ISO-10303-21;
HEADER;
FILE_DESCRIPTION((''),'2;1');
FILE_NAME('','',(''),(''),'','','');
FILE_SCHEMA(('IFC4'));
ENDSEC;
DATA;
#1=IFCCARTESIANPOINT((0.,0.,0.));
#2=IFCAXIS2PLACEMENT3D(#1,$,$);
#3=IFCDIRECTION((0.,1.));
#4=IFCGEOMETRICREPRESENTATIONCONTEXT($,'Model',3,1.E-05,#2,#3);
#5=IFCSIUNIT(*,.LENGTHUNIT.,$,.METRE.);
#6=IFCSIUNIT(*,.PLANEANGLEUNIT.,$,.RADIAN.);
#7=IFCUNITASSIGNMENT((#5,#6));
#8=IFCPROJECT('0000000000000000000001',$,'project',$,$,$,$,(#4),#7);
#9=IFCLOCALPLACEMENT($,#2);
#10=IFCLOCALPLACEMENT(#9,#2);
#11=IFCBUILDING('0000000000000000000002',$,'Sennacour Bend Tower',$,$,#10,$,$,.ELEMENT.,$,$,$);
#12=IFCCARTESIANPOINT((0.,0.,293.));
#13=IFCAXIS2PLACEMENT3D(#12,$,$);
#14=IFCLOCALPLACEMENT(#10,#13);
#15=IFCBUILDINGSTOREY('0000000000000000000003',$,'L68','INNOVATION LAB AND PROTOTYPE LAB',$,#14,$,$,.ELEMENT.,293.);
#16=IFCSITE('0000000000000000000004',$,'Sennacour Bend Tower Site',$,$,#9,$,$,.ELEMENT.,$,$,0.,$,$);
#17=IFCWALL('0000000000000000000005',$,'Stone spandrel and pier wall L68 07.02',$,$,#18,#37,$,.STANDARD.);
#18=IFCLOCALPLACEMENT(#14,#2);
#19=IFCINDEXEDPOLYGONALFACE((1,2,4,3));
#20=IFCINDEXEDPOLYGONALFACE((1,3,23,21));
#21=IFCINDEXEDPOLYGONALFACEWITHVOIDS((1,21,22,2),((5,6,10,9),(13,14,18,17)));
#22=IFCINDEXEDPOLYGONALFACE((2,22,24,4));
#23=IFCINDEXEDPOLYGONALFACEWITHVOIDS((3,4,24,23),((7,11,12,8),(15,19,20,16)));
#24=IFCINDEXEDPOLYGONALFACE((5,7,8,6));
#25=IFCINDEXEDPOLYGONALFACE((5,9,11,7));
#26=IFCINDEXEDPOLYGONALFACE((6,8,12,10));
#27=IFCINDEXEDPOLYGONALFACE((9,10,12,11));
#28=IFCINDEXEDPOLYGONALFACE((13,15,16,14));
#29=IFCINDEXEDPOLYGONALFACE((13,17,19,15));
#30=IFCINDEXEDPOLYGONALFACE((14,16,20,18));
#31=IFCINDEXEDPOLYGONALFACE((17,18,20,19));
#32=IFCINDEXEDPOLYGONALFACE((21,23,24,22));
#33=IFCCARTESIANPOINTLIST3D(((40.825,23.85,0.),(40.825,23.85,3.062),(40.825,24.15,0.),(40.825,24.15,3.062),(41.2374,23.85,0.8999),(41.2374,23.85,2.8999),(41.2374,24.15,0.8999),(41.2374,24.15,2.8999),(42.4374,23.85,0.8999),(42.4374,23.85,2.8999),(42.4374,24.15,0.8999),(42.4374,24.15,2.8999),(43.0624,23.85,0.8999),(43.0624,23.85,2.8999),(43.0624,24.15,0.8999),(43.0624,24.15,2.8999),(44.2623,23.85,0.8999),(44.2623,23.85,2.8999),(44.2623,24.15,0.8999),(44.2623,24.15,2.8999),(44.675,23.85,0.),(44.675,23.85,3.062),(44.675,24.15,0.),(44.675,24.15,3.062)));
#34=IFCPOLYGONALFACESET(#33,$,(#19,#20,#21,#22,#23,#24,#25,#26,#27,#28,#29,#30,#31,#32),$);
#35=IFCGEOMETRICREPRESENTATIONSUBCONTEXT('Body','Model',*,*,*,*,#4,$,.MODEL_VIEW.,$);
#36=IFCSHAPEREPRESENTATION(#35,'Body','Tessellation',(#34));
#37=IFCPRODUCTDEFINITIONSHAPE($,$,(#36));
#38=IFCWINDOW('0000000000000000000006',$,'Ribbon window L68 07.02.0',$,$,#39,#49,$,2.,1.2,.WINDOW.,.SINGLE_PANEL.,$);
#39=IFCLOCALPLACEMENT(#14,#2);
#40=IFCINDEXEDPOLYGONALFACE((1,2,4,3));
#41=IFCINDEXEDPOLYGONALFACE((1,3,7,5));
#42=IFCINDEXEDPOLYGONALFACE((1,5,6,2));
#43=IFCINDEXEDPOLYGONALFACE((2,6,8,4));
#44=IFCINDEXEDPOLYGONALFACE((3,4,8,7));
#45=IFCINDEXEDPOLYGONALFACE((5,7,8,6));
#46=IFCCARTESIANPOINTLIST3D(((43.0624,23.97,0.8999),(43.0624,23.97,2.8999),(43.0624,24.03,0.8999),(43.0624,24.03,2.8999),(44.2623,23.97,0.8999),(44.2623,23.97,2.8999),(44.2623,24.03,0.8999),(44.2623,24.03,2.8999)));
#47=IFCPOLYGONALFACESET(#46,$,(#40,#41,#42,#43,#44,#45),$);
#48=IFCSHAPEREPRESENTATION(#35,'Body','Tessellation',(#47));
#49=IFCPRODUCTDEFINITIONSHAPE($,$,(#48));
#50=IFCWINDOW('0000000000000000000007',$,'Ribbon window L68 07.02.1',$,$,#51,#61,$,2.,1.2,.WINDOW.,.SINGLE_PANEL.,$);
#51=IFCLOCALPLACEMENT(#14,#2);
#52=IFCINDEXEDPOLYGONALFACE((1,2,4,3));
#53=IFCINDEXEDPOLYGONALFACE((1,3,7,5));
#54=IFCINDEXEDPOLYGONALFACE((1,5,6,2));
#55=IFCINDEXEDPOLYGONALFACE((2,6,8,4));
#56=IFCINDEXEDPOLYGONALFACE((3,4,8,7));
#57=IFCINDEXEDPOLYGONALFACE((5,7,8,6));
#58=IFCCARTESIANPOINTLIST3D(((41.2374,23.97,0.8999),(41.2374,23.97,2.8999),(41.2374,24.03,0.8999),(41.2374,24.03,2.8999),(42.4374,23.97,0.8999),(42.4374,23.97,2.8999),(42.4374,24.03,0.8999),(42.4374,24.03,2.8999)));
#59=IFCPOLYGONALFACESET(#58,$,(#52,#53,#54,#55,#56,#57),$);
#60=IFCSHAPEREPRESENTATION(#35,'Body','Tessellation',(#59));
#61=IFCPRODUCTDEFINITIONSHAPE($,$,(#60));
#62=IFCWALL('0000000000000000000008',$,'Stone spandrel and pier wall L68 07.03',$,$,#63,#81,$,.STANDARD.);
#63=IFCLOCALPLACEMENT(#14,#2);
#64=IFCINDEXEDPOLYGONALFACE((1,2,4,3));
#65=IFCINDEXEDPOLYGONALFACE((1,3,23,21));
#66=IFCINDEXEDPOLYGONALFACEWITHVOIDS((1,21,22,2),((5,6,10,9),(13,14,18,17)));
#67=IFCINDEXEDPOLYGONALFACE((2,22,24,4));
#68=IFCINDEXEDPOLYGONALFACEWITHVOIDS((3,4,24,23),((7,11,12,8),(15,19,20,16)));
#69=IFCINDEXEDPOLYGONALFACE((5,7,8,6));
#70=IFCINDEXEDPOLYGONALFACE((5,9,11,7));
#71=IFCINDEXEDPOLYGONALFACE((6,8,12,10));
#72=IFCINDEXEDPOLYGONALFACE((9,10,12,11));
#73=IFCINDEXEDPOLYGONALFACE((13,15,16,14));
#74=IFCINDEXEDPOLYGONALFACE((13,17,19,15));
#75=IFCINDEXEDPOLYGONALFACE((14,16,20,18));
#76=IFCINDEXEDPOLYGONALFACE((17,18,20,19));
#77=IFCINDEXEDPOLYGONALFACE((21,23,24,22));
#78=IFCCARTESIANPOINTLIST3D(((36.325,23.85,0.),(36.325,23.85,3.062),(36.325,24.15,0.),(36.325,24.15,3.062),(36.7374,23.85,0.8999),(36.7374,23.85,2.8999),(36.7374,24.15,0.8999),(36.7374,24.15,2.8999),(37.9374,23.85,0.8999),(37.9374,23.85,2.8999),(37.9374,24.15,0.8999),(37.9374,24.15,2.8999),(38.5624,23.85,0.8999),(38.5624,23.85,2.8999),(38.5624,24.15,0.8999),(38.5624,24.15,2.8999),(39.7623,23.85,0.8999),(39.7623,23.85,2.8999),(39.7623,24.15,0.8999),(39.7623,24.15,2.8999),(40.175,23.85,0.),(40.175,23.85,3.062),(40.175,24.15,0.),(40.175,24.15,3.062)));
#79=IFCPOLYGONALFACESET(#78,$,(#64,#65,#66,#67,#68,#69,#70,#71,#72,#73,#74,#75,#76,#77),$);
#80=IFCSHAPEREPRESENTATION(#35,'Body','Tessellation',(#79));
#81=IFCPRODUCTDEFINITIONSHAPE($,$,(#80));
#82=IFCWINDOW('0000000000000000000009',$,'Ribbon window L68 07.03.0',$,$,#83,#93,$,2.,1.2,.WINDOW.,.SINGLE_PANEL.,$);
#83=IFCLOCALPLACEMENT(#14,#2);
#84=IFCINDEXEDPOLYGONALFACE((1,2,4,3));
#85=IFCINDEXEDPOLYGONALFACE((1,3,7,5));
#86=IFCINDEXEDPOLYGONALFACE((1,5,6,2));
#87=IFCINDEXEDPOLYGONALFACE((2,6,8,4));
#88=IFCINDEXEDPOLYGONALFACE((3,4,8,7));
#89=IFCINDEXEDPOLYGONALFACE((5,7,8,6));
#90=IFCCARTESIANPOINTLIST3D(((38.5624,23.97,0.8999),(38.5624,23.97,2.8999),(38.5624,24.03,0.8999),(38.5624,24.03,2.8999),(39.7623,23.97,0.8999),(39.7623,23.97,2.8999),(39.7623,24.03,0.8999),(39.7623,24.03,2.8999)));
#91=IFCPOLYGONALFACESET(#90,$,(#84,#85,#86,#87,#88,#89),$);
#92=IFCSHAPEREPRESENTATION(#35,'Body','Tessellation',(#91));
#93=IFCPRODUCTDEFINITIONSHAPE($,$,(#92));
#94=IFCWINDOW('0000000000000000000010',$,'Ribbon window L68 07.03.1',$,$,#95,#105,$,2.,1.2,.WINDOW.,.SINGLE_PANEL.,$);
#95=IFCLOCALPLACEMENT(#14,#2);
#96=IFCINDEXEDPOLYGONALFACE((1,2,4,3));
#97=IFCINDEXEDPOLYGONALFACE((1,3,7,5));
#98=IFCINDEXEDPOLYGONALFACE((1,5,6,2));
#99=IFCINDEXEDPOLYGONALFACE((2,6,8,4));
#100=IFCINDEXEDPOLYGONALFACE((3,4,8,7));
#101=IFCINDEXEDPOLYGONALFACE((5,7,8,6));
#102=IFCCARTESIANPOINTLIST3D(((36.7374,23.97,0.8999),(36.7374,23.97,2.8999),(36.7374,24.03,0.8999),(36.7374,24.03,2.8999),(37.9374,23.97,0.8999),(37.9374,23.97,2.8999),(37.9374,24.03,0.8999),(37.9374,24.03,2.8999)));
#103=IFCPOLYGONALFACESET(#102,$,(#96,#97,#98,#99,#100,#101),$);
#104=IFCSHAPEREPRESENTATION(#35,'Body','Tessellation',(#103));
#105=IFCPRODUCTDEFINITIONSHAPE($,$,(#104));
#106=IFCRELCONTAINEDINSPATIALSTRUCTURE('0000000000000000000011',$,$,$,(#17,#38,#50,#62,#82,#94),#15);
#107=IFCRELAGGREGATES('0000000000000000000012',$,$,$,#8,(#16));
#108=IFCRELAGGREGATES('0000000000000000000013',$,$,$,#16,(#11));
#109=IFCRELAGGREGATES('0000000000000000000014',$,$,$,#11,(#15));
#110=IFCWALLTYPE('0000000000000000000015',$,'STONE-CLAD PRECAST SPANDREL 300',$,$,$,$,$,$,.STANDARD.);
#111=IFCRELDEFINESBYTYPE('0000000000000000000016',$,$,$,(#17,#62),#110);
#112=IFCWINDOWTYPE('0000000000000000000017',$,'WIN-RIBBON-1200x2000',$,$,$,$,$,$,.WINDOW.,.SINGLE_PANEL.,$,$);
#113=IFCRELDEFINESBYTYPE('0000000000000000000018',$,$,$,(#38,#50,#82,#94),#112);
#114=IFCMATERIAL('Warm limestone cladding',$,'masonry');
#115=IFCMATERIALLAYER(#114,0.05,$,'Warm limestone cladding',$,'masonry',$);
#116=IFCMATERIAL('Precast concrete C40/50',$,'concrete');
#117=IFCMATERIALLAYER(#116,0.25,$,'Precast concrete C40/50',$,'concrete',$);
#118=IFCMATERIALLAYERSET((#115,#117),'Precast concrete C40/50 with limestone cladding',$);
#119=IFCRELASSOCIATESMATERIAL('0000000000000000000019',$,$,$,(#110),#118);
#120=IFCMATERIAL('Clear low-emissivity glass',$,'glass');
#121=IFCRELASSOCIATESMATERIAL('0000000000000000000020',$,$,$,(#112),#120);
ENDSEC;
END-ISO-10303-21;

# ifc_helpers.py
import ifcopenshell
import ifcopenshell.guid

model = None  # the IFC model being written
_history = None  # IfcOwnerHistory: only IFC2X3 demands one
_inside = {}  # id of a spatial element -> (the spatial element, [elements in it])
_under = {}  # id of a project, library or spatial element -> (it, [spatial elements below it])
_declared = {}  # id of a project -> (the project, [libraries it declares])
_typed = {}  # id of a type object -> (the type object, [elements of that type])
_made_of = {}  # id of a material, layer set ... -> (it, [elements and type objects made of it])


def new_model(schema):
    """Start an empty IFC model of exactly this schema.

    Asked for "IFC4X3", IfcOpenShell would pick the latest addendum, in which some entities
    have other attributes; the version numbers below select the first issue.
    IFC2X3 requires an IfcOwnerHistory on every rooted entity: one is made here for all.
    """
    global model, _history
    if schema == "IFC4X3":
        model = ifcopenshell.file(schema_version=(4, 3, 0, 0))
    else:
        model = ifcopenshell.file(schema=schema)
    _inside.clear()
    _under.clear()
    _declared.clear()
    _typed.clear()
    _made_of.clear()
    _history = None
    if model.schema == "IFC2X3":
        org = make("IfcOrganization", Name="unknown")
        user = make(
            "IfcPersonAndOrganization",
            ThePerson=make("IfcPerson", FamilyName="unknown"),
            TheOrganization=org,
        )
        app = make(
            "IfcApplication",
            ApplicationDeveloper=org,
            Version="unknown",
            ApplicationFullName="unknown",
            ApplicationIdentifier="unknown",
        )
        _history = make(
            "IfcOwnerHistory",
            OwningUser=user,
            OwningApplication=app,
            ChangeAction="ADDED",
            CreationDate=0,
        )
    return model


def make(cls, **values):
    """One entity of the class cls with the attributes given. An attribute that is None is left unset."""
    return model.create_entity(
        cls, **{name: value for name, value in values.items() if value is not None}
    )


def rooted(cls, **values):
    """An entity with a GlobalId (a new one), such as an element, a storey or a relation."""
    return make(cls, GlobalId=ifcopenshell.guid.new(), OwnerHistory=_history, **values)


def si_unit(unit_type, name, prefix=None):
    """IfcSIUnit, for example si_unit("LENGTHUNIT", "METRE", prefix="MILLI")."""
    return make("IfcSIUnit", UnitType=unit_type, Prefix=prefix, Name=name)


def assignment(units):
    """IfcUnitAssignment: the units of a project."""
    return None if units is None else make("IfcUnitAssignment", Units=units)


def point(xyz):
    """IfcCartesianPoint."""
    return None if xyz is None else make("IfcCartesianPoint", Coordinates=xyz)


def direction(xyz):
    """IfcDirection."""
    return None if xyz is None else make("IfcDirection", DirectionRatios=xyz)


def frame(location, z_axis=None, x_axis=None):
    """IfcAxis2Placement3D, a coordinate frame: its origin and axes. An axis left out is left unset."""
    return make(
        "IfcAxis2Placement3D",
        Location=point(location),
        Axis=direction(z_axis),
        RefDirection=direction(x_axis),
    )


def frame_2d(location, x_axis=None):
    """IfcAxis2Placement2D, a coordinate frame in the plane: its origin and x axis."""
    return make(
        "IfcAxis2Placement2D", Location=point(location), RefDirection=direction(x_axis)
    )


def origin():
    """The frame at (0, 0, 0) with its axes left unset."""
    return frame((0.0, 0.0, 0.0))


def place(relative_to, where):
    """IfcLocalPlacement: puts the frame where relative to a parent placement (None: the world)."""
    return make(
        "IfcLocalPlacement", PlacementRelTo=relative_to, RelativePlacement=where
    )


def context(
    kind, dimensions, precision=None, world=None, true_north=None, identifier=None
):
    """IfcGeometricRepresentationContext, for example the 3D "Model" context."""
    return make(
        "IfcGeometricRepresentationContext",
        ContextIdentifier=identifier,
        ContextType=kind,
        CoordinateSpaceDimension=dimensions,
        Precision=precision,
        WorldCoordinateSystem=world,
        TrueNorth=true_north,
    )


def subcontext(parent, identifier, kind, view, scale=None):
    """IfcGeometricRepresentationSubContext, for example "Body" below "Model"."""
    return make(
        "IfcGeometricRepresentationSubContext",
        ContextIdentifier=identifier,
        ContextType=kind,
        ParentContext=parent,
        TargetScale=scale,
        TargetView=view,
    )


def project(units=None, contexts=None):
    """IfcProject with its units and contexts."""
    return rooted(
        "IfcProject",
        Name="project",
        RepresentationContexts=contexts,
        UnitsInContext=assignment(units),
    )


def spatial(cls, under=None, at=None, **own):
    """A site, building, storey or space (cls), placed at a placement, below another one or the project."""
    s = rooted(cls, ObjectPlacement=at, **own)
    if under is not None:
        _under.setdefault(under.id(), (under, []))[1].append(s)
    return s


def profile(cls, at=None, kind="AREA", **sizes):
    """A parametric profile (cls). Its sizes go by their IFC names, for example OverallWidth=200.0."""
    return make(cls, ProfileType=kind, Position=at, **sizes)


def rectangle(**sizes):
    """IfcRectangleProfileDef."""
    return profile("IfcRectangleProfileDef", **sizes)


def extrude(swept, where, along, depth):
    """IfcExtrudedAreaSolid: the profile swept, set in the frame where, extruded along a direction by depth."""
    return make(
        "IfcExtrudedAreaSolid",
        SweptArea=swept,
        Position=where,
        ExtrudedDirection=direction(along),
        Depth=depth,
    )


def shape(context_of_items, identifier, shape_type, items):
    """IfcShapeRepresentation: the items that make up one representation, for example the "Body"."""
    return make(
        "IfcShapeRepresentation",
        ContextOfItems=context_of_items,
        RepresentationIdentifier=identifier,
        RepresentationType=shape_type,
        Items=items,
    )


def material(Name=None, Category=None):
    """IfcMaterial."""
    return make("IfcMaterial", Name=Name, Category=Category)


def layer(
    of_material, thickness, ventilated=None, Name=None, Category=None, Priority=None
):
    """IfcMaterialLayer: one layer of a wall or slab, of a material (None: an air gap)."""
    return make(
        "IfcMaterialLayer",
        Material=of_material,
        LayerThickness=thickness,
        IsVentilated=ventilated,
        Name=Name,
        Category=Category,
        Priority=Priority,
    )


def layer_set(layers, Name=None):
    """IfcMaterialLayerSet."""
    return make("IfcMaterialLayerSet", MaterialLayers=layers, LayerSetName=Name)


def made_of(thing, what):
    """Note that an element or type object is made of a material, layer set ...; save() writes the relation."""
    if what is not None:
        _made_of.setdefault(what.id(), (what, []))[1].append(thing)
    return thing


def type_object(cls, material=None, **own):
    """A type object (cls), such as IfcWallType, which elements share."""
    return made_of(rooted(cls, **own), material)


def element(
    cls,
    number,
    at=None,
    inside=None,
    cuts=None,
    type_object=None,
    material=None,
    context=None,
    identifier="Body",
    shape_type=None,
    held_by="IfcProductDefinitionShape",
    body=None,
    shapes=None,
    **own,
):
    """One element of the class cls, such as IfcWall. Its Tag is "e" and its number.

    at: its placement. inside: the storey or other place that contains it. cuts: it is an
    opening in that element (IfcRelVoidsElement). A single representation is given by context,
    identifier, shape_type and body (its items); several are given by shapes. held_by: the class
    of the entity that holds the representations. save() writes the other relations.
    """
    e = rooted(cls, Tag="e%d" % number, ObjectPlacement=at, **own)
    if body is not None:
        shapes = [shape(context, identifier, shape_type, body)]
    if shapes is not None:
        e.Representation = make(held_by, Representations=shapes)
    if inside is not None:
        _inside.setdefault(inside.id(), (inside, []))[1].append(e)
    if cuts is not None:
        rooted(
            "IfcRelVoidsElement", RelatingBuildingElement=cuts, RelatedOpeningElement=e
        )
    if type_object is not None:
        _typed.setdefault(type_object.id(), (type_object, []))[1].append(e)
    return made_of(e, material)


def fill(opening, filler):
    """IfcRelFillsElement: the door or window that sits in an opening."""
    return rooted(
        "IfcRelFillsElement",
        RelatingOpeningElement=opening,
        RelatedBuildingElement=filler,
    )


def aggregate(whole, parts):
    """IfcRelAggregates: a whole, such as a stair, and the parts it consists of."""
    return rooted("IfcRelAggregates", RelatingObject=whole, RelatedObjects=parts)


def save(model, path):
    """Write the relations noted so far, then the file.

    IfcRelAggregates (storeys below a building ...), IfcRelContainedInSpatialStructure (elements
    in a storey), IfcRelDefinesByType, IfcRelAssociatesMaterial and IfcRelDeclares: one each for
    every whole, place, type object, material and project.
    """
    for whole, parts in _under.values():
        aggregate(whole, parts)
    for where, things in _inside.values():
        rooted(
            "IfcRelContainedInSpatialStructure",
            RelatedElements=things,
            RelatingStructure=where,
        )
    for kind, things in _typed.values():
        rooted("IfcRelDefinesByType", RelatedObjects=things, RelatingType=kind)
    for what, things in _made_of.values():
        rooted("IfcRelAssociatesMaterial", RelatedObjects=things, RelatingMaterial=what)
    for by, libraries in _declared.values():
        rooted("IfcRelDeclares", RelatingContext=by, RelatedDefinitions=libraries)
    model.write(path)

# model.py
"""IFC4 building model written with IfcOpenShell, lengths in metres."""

from ifc_helpers import new_model, si_unit, direction, frame, frame_2d, origin, place, context, subcontext, project, spatial, rectangle, extrude, material, layer, layer_set, type_object, element, fill, save


model = new_model("IFC4")

# Units and contexts
model_context = context("Model", 3, precision=1e-05, world=origin(), true_north=direction((0.0, 1.0)))
body_context = subcontext(model_context, "Body", "Model", "MODEL_VIEW")
ifc_project = project(units=[si_unit("LENGTHUNIT", "METRE"), si_unit("PLANEANGLEUNIT", "RADIAN")], contexts=[model_context])

# Site, building, storey
site_placement = place(None, origin())
site = spatial("IfcSite", under=ifc_project, at=site_placement, Name="Sennacour Bend Tower Site", CompositionType="ELEMENT", RefElevation=0.0)
building_placement = place(site_placement, origin())
building = spatial("IfcBuilding", under=site, at=building_placement, Name="Sennacour Bend Tower", CompositionType="ELEMENT")
storey_placement = place(building_placement, frame((0.0, 0.0, 293.0)))
storey = spatial("IfcBuildingStorey", under=building, at=storey_placement, Name="L68", Description="INNOVATION LAB AND PROTOTYPE LAB", CompositionType="ELEMENT", Elevation=293.0)

# Walls, openings, windows
ifc_material_1 = material(Name="Warm limestone cladding", Category="masonry")
ifc_layer_1 = layer(ifc_material_1, 0.05, Name="Warm limestone cladding", Category="masonry")
ifc_material_2 = material(Name="Precast concrete C40/50", Category="concrete")
ifc_layer_2 = layer(ifc_material_2, 0.25, Name="Precast concrete C40/50", Category="concrete")
ifc_layer_set_1 = layer_set([ifc_layer_1, ifc_layer_2], Name="Precast concrete C40/50 with limestone cladding")
wall_type_1 = type_object("IfcWallType", Name="STONE-CLAD PRECAST SPANDREL 300", PredefinedType="STANDARD", material=ifc_layer_set_1)
wall_1_placement = place(storey_placement, frame((44.675, 24.0, 0.0), z_axis=(0.0, 0.0, 1.0), x_axis=(-1.0, 0.0, 0.0)))
wall_1 = element("IfcWall", 1, at=wall_1_placement, inside=storey, type_object=wall_type_1, Name="Stone spandrel and pier wall L68 07.02", PredefinedType="STANDARD", context=body_context, shape_type="SweptSolid", body=[
    extrude(rectangle(XDim=3.8501, YDim=0.3, at=frame_2d((1.925, 0.0))), origin(), (0.0, 0.0, 1.0), 3.062),
])
opening_1_placement = place(wall_1_placement, frame((0.4126, 0.0, 0.8999)))
opening_1 = element("IfcOpeningElement", 2, at=opening_1_placement, cuts=wall_1, PredefinedType="OPENING", context=body_context, shape_type="SweptSolid", body=[
    extrude(rectangle(XDim=1.2, YDim=2.0, at=frame_2d((0.6001, 1.0))), frame((0.0, 0.1602, 0.0), z_axis=(0.0, -1.0, 0.0), x_axis=(1.0, 0.0, 0.0)), (0.0, 0.0, 1.0), 0.3201),
])
opening_2_placement = place(wall_1_placement, frame((2.2375, 0.0, 0.8999)))
opening_2 = element("IfcOpeningElement", 3, at=opening_2_placement, cuts=wall_1, PredefinedType="OPENING", context=body_context, shape_type="SweptSolid", body=[
    extrude(rectangle(XDim=1.2, YDim=2.0, at=frame_2d((0.6001, 1.0))), frame((0.0, 0.1602, 0.0), z_axis=(0.0, -1.0, 0.0), x_axis=(1.0, 0.0, 0.0)), (0.0, 0.0, 1.0), 0.3201),
])
ifc_material_3 = material(Name="Clear low-emissivity glass", Category="glass")
window_type = type_object("IfcWindowType", Name="WIN-RIBBON-1200x2000", PartitioningType="SINGLE_PANEL", PredefinedType="WINDOW", material=ifc_material_3)
window_1_placement = place(opening_1_placement, origin())
window_1 = element("IfcWindow", 4, at=window_1_placement, inside=storey, type_object=window_type, Name="Ribbon window L68 07.02.0", OverallHeight=2.0, OverallWidth=1.2, PartitioningType="SINGLE_PANEL", PredefinedType="WINDOW", context=body_context, shape_type="SweptSolid", body=[
    extrude(rectangle(XDim=1.2, YDim=2.0, at=frame_2d((0.6001, 1.0))), frame((0.0, 0.03, 0.0), z_axis=(0.0, -1.0, 0.0), x_axis=(1.0, 0.0, 0.0)), (0.0, 0.0, 1.0), 0.0601),
])
fill(opening_1, window_1)
window_2_placement = place(opening_2_placement, origin())
window_2 = element("IfcWindow", 5, at=window_2_placement, inside=storey, type_object=window_type, Name="Ribbon window L68 07.02.1", OverallHeight=2.0, OverallWidth=1.2, PartitioningType="SINGLE_PANEL", PredefinedType="WINDOW", context=body_context, shape_type="SweptSolid", body=[
    extrude(rectangle(XDim=1.2, YDim=2.0, at=frame_2d((0.6001, 1.0))), frame((0.0, 0.03, 0.0), z_axis=(0.0, -1.0, 0.0), x_axis=(1.0, 0.0, 0.0)), (0.0, 0.0, 1.0), 0.0601),
])
fill(opening_2, window_2)
wall_2_placement = place(storey_placement, frame((40.175, 24.0, 0.0), z_axis=(0.0, 0.0, 1.0), x_axis=(-1.0, 0.0, 0.0)))
wall_2 = element("IfcWall", 6, at=wall_2_placement, inside=storey, type_object=wall_type_1, Name="Stone spandrel and pier wall L68 07.03", PredefinedType="STANDARD", context=body_context, shape_type="SweptSolid", body=[
    extrude(rectangle(XDim=3.8501, YDim=0.3, at=frame_2d((1.925, 0.0))), origin(), (0.0, 0.0, 1.0), 3.062),
])
opening_3_placement = place(wall_2_placement, frame((0.4126, 0.0, 0.8999)))
opening_3 = element("IfcOpeningElement", 7, at=opening_3_placement, cuts=wall_2, PredefinedType="OPENING", context=body_context, shape_type="SweptSolid", body=[
    extrude(rectangle(XDim=1.2, YDim=2.0, at=frame_2d((0.6001, 1.0))), frame((0.0, 0.1602, 0.0), z_axis=(0.0, -1.0, 0.0), x_axis=(1.0, 0.0, 0.0)), (0.0, 0.0, 1.0), 0.3201),
])
opening_4_placement = place(wall_2_placement, frame((2.2375, 0.0, 0.8999)))
opening_4 = element("IfcOpeningElement", 8, at=opening_4_placement, cuts=wall_2, PredefinedType="OPENING", context=body_context, shape_type="SweptSolid", body=[
    extrude(rectangle(XDim=1.2, YDim=2.0, at=frame_2d((0.6001, 1.0))), frame((0.0, 0.1602, 0.0), z_axis=(0.0, -1.0, 0.0), x_axis=(1.0, 0.0, 0.0)), (0.0, 0.0, 1.0), 0.3201),
])
window_3_placement = place(opening_3_placement, origin())
window_3 = element("IfcWindow", 9, at=window_3_placement, inside=storey, type_object=window_type, Name="Ribbon window L68 07.03.0", OverallHeight=2.0, OverallWidth=1.2, PartitioningType="SINGLE_PANEL", PredefinedType="WINDOW", context=body_context, shape_type="SweptSolid", body=[
    extrude(rectangle(XDim=1.2, YDim=2.0, at=frame_2d((0.6001, 1.0))), frame((0.0, 0.03, 0.0), z_axis=(0.0, -1.0, 0.0), x_axis=(1.0, 0.0, 0.0)), (0.0, 0.0, 1.0), 0.0601),
])
fill(opening_3, window_3)
window_4_placement = place(opening_4_placement, origin())
window_4 = element("IfcWindow", 10, at=window_4_placement, inside=storey, type_object=window_type, Name="Ribbon window L68 07.03.1", OverallHeight=2.0, OverallWidth=1.2, PartitioningType="SINGLE_PANEL", PredefinedType="WINDOW", context=body_context, shape_type="SweptSolid", body=[
    extrude(rectangle(XDim=1.2, YDim=2.0, at=frame_2d((0.6001, 1.0))), frame((0.0, 0.03, 0.0), z_axis=(0.0, -1.0, 0.0), x_axis=(1.0, 0.0, 0.0)), (0.0, 0.0, 1.0), 0.0601),
])
fill(opening_4, window_4)

save(model, "model.ifc")
